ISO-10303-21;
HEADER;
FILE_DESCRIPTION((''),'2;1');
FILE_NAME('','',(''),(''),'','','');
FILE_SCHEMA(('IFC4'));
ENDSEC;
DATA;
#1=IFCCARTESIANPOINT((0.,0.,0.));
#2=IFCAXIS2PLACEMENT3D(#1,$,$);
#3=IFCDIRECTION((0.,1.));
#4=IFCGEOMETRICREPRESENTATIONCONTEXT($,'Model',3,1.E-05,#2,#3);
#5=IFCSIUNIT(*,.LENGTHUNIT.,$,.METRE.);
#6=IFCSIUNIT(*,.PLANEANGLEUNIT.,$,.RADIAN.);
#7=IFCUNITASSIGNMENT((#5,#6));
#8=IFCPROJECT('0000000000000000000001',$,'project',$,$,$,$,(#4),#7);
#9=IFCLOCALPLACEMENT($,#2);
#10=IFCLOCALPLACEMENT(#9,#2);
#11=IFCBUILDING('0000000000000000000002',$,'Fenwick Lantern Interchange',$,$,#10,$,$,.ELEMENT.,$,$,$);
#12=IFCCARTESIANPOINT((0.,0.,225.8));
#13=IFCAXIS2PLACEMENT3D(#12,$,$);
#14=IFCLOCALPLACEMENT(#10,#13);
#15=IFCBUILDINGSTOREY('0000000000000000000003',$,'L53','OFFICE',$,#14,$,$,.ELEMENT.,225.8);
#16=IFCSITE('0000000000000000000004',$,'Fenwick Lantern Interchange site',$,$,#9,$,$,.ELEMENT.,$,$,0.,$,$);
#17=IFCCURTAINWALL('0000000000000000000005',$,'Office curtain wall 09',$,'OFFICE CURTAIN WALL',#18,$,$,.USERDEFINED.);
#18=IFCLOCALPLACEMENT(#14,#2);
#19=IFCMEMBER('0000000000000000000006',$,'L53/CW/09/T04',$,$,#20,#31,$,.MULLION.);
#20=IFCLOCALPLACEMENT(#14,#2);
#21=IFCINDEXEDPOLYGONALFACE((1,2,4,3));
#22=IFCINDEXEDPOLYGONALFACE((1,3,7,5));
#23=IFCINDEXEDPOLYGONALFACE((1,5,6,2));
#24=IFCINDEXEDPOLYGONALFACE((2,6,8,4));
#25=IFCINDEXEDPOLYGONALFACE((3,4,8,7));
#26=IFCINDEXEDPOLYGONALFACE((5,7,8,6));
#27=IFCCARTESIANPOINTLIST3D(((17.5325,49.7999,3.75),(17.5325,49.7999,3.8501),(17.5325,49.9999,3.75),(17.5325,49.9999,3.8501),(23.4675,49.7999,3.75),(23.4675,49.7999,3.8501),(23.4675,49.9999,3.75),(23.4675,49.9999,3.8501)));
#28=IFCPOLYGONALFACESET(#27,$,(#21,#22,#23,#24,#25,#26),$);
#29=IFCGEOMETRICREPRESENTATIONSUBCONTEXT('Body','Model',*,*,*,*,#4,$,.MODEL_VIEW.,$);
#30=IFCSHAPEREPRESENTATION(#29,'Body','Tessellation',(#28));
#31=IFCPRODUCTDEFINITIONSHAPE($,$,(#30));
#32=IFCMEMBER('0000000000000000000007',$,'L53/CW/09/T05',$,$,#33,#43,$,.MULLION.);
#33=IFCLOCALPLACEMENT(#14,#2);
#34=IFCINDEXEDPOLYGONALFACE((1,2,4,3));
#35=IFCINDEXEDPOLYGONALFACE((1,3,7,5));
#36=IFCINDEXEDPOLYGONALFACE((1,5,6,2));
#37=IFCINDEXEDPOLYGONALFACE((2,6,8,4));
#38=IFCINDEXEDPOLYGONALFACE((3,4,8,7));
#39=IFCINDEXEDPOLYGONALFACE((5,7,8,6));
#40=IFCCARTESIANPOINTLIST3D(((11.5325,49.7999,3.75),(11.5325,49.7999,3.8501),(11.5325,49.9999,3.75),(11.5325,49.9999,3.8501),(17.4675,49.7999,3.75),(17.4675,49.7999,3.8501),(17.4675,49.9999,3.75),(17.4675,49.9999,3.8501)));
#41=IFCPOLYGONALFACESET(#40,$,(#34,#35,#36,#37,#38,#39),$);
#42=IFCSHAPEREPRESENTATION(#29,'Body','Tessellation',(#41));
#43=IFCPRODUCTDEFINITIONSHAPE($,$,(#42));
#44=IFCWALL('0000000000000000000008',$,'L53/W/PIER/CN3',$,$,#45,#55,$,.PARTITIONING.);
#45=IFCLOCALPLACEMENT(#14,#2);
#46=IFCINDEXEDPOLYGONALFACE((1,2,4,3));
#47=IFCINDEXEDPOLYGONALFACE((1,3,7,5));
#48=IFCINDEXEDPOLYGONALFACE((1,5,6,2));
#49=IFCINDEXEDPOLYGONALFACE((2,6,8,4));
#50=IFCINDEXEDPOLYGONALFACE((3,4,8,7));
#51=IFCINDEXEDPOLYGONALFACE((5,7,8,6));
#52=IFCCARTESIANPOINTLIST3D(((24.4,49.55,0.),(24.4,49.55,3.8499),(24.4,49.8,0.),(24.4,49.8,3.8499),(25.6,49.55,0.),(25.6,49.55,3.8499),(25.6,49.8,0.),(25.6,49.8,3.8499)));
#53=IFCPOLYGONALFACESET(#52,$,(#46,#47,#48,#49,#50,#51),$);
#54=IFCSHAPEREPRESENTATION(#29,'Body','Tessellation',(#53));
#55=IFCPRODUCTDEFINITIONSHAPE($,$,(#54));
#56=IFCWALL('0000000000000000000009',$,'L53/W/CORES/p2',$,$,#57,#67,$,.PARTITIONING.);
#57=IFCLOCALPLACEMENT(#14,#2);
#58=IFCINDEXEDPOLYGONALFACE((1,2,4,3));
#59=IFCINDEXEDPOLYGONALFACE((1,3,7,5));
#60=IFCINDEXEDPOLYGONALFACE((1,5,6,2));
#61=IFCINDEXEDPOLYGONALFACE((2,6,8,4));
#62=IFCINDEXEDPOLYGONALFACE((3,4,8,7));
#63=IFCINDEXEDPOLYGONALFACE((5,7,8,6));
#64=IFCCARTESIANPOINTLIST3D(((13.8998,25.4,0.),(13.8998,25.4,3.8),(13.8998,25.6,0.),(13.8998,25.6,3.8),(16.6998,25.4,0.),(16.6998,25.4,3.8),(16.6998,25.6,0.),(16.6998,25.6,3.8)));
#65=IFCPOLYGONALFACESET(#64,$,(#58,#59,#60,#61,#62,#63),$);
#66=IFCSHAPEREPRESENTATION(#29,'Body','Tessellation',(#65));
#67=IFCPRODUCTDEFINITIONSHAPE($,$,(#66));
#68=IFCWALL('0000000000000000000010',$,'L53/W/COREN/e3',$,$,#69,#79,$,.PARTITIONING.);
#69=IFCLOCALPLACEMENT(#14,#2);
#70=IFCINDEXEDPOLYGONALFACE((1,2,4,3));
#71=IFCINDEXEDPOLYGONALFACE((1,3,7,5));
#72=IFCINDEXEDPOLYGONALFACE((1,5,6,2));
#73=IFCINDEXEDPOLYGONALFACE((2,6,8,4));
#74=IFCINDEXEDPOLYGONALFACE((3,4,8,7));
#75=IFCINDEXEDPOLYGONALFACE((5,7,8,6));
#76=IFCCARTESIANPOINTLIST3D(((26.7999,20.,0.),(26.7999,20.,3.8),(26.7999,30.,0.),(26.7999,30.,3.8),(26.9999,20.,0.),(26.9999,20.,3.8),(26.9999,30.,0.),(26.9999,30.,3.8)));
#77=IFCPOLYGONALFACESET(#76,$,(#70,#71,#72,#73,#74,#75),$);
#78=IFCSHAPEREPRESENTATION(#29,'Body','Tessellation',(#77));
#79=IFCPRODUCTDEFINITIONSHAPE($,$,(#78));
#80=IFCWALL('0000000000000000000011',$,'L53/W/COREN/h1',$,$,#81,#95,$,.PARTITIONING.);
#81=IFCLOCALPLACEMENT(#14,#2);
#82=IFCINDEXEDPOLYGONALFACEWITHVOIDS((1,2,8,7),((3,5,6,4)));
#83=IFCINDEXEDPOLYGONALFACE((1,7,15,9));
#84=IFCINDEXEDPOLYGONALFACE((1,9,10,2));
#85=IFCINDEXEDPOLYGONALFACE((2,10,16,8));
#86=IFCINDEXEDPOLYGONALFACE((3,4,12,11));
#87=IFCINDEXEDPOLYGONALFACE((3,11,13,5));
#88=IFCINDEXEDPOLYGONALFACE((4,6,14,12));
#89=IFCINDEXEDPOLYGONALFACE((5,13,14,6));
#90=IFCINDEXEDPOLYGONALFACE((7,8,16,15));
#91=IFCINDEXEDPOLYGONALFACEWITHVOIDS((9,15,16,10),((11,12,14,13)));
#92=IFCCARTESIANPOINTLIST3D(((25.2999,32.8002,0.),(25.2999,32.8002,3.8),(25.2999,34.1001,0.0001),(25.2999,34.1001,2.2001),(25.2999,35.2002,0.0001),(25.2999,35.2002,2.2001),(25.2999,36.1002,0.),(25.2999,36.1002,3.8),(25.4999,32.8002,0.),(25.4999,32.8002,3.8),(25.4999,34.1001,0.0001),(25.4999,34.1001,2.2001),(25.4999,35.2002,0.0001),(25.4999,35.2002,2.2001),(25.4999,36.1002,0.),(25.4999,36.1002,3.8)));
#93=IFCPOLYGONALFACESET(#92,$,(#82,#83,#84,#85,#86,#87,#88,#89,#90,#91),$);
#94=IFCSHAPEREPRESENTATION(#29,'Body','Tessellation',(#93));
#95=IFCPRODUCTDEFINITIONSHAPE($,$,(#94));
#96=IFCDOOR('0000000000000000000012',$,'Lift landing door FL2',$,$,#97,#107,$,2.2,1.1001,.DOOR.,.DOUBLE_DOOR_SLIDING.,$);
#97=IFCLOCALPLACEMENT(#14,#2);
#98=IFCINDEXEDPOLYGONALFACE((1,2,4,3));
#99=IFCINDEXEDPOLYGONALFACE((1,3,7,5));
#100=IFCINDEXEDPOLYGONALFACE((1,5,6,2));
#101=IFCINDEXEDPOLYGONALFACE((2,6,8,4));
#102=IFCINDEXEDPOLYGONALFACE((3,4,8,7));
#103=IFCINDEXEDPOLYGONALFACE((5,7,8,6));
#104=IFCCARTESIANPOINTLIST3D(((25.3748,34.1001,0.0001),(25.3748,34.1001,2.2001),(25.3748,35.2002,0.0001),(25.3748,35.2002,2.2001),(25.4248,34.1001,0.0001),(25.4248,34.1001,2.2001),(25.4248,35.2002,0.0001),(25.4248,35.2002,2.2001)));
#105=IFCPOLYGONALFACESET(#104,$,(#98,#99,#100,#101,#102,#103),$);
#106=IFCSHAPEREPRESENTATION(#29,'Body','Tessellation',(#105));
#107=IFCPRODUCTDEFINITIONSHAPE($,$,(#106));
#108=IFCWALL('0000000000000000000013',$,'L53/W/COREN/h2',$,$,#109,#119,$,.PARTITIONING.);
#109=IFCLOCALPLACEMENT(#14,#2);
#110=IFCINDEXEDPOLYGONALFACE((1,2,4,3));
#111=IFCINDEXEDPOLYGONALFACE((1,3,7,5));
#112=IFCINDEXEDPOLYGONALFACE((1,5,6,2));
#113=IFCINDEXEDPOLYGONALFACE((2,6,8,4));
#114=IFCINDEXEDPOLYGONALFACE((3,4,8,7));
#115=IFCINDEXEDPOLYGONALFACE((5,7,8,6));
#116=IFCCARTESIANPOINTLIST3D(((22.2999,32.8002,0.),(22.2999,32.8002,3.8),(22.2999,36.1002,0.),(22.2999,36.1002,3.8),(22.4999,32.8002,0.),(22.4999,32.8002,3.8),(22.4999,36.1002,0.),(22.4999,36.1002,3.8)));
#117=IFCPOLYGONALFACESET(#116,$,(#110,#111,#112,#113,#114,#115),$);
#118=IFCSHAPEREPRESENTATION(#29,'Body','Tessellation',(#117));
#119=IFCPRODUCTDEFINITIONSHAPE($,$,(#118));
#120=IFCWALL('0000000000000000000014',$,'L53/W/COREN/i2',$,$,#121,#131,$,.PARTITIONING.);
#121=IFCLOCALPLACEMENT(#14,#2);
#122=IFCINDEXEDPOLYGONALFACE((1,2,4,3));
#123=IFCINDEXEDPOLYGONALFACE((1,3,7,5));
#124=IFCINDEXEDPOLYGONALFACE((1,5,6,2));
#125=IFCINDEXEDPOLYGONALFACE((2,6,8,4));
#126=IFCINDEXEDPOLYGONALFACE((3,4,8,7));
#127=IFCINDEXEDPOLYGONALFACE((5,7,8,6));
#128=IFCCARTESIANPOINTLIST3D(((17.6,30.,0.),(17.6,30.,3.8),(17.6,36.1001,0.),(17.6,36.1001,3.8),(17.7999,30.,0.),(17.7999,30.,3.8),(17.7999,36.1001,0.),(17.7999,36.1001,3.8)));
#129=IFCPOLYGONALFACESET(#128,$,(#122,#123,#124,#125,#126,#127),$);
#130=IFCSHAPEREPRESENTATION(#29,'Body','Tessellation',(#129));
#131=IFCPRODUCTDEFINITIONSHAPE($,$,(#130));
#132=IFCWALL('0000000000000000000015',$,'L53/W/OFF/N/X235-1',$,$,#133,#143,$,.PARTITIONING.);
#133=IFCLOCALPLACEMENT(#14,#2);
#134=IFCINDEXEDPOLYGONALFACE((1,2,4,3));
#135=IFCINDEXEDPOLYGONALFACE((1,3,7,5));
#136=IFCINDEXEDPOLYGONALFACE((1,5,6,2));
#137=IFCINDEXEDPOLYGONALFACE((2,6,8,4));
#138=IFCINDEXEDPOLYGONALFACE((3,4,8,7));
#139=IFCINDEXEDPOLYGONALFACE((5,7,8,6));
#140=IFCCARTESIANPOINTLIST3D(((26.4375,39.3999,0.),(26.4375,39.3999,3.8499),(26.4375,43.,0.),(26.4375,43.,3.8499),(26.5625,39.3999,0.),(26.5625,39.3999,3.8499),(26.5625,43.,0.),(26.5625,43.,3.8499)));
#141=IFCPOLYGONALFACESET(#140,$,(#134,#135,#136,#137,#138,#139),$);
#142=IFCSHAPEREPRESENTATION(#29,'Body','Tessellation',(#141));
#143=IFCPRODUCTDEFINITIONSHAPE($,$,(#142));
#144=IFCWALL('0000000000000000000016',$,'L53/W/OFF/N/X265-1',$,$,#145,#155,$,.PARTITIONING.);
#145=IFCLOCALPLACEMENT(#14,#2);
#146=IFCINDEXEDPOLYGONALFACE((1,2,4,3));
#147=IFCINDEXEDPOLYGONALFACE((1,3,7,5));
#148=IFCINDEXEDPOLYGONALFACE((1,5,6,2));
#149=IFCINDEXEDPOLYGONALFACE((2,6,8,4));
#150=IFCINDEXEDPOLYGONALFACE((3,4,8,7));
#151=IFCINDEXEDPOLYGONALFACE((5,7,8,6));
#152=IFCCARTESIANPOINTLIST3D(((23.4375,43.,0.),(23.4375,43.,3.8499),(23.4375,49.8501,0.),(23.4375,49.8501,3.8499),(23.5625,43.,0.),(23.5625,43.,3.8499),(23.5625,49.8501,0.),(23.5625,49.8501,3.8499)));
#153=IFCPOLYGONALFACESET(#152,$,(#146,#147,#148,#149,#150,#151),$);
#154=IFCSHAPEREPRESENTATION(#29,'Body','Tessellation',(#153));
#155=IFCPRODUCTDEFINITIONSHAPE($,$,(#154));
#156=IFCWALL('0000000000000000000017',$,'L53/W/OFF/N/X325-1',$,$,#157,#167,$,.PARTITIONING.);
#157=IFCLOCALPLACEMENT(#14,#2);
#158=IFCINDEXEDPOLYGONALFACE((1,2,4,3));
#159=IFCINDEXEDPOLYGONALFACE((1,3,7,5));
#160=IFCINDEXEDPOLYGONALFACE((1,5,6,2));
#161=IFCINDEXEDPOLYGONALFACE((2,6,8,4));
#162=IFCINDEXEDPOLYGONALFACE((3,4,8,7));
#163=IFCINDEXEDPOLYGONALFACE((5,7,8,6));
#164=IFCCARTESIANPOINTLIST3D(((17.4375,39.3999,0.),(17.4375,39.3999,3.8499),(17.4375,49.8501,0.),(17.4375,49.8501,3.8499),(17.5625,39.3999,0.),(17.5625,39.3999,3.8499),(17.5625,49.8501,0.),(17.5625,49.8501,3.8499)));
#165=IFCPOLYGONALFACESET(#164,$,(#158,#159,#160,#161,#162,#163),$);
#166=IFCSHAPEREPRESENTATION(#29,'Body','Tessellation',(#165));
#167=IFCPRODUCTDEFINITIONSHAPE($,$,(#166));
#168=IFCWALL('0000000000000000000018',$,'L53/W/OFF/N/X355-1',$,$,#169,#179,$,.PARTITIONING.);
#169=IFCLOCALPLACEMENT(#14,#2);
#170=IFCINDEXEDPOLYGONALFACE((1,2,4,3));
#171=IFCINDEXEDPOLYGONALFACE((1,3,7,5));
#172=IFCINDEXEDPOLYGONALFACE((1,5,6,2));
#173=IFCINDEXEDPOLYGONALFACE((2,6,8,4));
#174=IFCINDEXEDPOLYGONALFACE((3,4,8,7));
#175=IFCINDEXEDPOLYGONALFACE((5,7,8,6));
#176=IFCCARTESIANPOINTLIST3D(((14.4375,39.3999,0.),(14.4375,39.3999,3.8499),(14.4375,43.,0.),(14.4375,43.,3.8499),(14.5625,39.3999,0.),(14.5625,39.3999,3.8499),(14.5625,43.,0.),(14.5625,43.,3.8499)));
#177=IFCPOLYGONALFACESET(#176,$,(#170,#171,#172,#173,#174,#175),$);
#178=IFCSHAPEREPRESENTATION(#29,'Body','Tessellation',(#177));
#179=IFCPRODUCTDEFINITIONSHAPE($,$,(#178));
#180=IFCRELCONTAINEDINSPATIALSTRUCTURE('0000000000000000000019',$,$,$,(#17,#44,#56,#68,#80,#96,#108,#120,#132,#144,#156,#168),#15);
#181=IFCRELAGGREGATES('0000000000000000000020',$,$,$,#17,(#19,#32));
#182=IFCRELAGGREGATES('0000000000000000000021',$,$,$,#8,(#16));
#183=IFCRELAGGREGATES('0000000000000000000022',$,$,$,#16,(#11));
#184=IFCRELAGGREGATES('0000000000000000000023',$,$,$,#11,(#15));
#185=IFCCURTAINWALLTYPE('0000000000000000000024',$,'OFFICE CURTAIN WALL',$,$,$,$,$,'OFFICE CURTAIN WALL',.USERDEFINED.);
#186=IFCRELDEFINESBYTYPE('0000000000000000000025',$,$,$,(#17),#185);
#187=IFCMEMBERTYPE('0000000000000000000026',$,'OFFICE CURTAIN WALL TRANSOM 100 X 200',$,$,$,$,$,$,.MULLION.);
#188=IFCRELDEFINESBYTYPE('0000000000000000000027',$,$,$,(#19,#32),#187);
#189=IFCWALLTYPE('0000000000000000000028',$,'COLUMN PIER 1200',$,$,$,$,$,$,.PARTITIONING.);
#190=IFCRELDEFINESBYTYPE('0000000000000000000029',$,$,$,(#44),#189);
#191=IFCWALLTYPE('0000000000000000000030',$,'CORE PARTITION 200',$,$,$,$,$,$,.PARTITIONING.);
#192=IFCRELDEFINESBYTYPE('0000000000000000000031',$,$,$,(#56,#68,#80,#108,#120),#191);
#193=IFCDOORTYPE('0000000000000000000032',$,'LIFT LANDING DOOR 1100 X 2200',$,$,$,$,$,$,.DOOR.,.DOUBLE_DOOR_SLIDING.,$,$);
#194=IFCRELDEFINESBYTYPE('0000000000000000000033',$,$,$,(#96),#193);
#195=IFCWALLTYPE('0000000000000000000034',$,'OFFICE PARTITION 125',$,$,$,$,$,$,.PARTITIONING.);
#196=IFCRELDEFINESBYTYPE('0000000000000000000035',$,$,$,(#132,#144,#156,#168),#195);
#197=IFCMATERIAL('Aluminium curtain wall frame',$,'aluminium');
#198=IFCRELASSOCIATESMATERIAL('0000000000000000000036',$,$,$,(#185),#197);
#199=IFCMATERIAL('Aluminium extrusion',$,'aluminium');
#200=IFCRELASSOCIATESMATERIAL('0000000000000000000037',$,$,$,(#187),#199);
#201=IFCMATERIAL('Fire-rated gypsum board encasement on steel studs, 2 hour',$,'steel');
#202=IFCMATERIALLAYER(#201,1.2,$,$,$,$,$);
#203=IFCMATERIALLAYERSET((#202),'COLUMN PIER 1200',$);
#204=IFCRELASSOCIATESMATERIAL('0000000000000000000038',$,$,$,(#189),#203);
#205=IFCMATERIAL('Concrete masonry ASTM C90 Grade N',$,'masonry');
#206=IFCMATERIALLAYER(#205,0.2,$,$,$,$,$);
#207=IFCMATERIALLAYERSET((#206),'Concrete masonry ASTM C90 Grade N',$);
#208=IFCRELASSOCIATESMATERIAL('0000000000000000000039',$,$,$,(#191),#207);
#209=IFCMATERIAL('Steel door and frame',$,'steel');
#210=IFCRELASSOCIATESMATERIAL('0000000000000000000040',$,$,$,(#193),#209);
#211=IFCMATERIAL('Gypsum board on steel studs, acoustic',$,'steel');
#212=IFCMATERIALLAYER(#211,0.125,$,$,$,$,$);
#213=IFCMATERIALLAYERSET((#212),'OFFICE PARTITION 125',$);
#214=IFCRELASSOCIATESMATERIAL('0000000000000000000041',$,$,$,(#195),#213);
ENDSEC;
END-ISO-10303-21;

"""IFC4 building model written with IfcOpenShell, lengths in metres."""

from ifc_helpers import new_model, si_unit, direction, frame, frame_2d, origin, origin_2d, place, context, subcontext, project, spatial, rectangle, extrude, material, layer, layer_set, material_profile, profile_set, type_object, element, fill, aggregate, save


model = new_model("IFC4")

# Units and contexts
model_context = context("Model", 3, precision=1e-05, world=origin(), true_north=direction((0.0, 1.0)))
body_context = subcontext(model_context, "Body", "Model", "MODEL_VIEW")
ifc_project = project(units=[si_unit("LENGTHUNIT", "METRE"), si_unit("PLANEANGLEUNIT", "RADIAN")], contexts=[model_context])

# Site, building, storey
site_placement = place(None, origin())
site = spatial("IfcSite", under=ifc_project, at=site_placement, Name="Fenwick Lantern Interchange site", CompositionType="ELEMENT", RefElevation=0.0)
building_placement = place(site_placement, origin())
building = spatial("IfcBuilding", under=site, at=building_placement, Name="Fenwick Lantern Interchange", CompositionType="ELEMENT")
storey_placement = place(building_placement, frame((0.0, 0.0, 225.8)))
storey = spatial("IfcBuildingStorey", under=building, at=storey_placement, Name="L53", Description="OFFICE", CompositionType="ELEMENT", Elevation=225.8)

# Curtain wall, members
ifc_material_1 = material(Name="Aluminium curtain wall frame", Category="aluminium")
curtain_wall_type = type_object("IfcCurtainWallType", Name="OFFICE CURTAIN WALL", ElementType="OFFICE CURTAIN WALL", PredefinedType="USERDEFINED", material=ifc_material_1)
curtain_wall_placement = place(storey_placement, origin())
curtain_wall = element("IfcCurtainWall", 1, at=curtain_wall_placement, inside=storey, type_object=curtain_wall_type, Name="Office curtain wall 09", ObjectType="OFFICE CURTAIN WALL", PredefinedType="USERDEFINED")
ifc_material_2 = material(Name="Aluminium extrusion", Category="aluminium")
ifc_material_profile_1 = material_profile(ifc_material_2, rectangle(XDim=0.2, YDim=0.1001, at=origin_2d()), Name="OFFICE CURTAIN WALL TRANSOM 100 X 200")
ifc_profile_set_1 = profile_set([ifc_material_profile_1], Name="Aluminium extrusion")
member_type_1 = type_object("IfcMemberType", Name="OFFICE CURTAIN WALL TRANSOM 100 X 200", PredefinedType="MULLION", material=ifc_profile_set_1)
member_1_placement = place(storey_placement, frame((23.4675, 49.8999, 3.8), z_axis=(-1.0, 0.0, 0.0), x_axis=(0.0, -1.0, 0.0)))
member_1 = element("IfcMember", 2, at=member_1_placement, type_object=member_type_1, Name="L53/CW/09/T04", PredefinedType="MULLION", context=body_context, shape_type="SweptSolid", body=[
    extrude(rectangle(XDim=0.2, YDim=0.1001, at=origin_2d()), origin(), (0.0, 0.0, 1.0), 5.9351),
])
member_2_placement = place(storey_placement, frame((17.4675, 49.8999, 3.8), z_axis=(-1.0, 0.0, 0.0), x_axis=(0.0, -1.0, 0.0)))
member_2 = element("IfcMember", 3, at=member_2_placement, type_object=member_type_1, Name="L53/CW/09/T05", PredefinedType="MULLION", context=body_context, shape_type="SweptSolid", body=[
    extrude(rectangle(XDim=0.2, YDim=0.1001, at=origin_2d()), origin(), (0.0, 0.0, 1.0), 5.9351),
])
aggregate(curtain_wall, [member_1, member_2])

# Walls
ifc_material_3 = material(Name="Fire-rated gypsum board encasement on steel studs, 2 hour", Category="steel")
ifc_layer_1 = layer(ifc_material_3, 1.2)
ifc_layer_set_1 = layer_set([ifc_layer_1], Name="COLUMN PIER 1200")
wall_type_1 = type_object("IfcWallType", Name="COLUMN PIER 1200", PredefinedType="PARTITIONING", material=ifc_layer_set_1)
wall_1_placement = place(storey_placement, frame((25.0, 49.8, 0.0), z_axis=(0.0, 0.0, 1.0), x_axis=(0.0, -1.0, 0.0)))
element("IfcWall", 4, at=wall_1_placement, inside=storey, type_object=wall_type_1, Name="L53/W/PIER/CN3", PredefinedType="PARTITIONING", context=body_context, shape_type="SweptSolid", body=[
    extrude(rectangle(XDim=0.25, YDim=1.2, at=frame_2d((0.125, 0.0))), origin(), (0.0, 0.0, 1.0), 3.8499),
])
ifc_material_4 = material(Name="Concrete masonry ASTM C90 Grade N", Category="masonry")
ifc_layer_2 = layer(ifc_material_4, 0.2)
ifc_layer_set_2 = layer_set([ifc_layer_2], Name="Concrete masonry ASTM C90 Grade N")
wall_type_2 = type_object("IfcWallType", Name="CORE PARTITION 200", PredefinedType="PARTITIONING", material=ifc_layer_set_2)
wall_2_placement = place(storey_placement, frame((13.8999, 25.5, 0.0), z_axis=(0.0, 0.0, 1.0), x_axis=(1.0, 0.0, 0.0)))
element("IfcWall", 5, at=wall_2_placement, inside=storey, type_object=wall_type_2, Name="L53/W/CORES/p2", PredefinedType="PARTITIONING", context=body_context, shape_type="SweptSolid", body=[
    extrude(rectangle(XDim=2.8, YDim=0.2, at=frame_2d((1.3999, 0.0))), origin(), (0.0, 0.0, 1.0), 3.8),
])
wall_3_placement = place(storey_placement, frame((26.8999, 30.0, 0.0), z_axis=(0.0, 0.0, 1.0), x_axis=(0.0, -1.0, 0.0)))
element("IfcWall", 6, at=wall_3_placement, inside=storey, type_object=wall_type_2, Name="L53/W/COREN/e3", PredefinedType="PARTITIONING", context=body_context, shape_type="SweptSolid", body=[
    extrude(rectangle(XDim=10.0, YDim=0.2, at=frame_2d((5.0, 0.0))), origin(), (0.0, 0.0, 1.0), 3.8),
])

# Wall, opening, door
wall_4_placement = place(storey_placement, frame((25.3999, 36.1001, 0.0), z_axis=(0.0, 0.0, 1.0), x_axis=(0.0, -1.0, 0.0)))
wall_4 = element("IfcWall", 7, at=wall_4_placement, inside=storey, type_object=wall_type_2, Name="L53/W/COREN/h1", PredefinedType="PARTITIONING", context=body_context, shape_type="SweptSolid", body=[
    extrude(rectangle(XDim=3.3, YDim=0.2, at=frame_2d((1.6499, 0.0))), origin(), (0.0, 0.0, 1.0), 3.8),
])
opening_1_placement = place(wall_4_placement, frame((0.8999, 0.0, 0.0)))
opening_1 = element("IfcOpeningElement", 8, at=opening_1_placement, cuts=wall_4, PredefinedType="OPENING", context=body_context, shape_type="SweptSolid", body=[
    extrude(rectangle(XDim=1.1001, YDim=2.2, at=frame_2d((0.55, 1.1001))), frame((0.0, 0.1099, 0.0), z_axis=(0.0, -1.0, 0.0), x_axis=(1.0, 0.0, 0.0)), (0.0, 0.0, 1.0), 0.22),
])
ifc_material_5 = material(Name="Steel door and frame", Category="steel")
door_type_1 = type_object("IfcDoorType", Name="LIFT LANDING DOOR 1100 X 2200", OperationType="DOUBLE_DOOR_SLIDING", PredefinedType="DOOR", material=ifc_material_5)
door_1_placement = place(opening_1_placement, origin())
door_1 = element("IfcDoor", 9, at=door_1_placement, inside=storey, type_object=door_type_1, Name="Lift landing door FL2", OperationType="DOUBLE_DOOR_SLIDING", OverallHeight=2.2, OverallWidth=1.1001, PredefinedType="DOOR", context=body_context, shape_type="SweptSolid", body=[
    extrude(rectangle(XDim=1.1001, YDim=2.2, at=frame_2d((0.55, 1.1001))), frame((0.0, 0.0249, 0.0), z_axis=(0.0, -1.0, 0.0), x_axis=(1.0, 0.0, 0.0)), (0.0, 0.0, 1.0), 0.05),
])
fill(opening_1, door_1)

# Walls
wall_5_placement = place(storey_placement, frame((22.3999, 36.1001, 0.0), z_axis=(0.0, 0.0, 1.0), x_axis=(0.0, -1.0, 0.0)))
element("IfcWall", 10, at=wall_5_placement, inside=storey, type_object=wall_type_2, Name="L53/W/COREN/h2", PredefinedType="PARTITIONING", context=body_context, shape_type="SweptSolid", body=[
    extrude(rectangle(XDim=3.3, YDim=0.2, at=frame_2d((1.6499, 0.0))), origin(), (0.0, 0.0, 1.0), 3.8),
])
wall_6_placement = place(storey_placement, frame((17.7, 36.1001, 0.0), z_axis=(0.0, 0.0, 1.0), x_axis=(0.0, -1.0, 0.0)))
element("IfcWall", 11, at=wall_6_placement, inside=storey, type_object=wall_type_2, Name="L53/W/COREN/i2", PredefinedType="PARTITIONING", context=body_context, shape_type="SweptSolid", body=[
    extrude(rectangle(XDim=6.1001, YDim=0.2, at=frame_2d((3.05, 0.0))), origin(), (0.0, 0.0, 1.0), 3.8),
])

# Walls
ifc_material_6 = material(Name="Gypsum board on steel studs, acoustic", Category="steel")
ifc_layer_3 = layer(ifc_material_6, 0.125)
ifc_layer_set_3 = layer_set([ifc_layer_3], Name="OFFICE PARTITION 125")
wall_type_3 = type_object("IfcWallType", Name="OFFICE PARTITION 125", PredefinedType="PARTITIONING", material=ifc_layer_set_3)
wall_7_placement = place(storey_placement, frame((26.5, 43.0, 0.0), z_axis=(0.0, 0.0, 1.0), x_axis=(0.0, -1.0, 0.0)))
element("IfcWall", 12, at=wall_7_placement, inside=storey, type_object=wall_type_3, Name="L53/W/OFF/N/X235-1", PredefinedType="PARTITIONING", context=body_context, shape_type="SweptSolid", body=[
    extrude(rectangle(XDim=3.6001, YDim=0.125, at=frame_2d((1.8, 0.0))), origin(), (0.0, 0.0, 1.0), 3.8499),
])
wall_8_placement = place(storey_placement, frame((23.5, 49.8501, 0.0), z_axis=(0.0, 0.0, 1.0), x_axis=(0.0, -1.0, 0.0)))
element("IfcWall", 13, at=wall_8_placement, inside=storey, type_object=wall_type_3, Name="L53/W/OFF/N/X265-1", PredefinedType="PARTITIONING", context=body_context, shape_type="SweptSolid", body=[
    extrude(rectangle(XDim=6.8501, YDim=0.125, at=frame_2d((3.425, 0.0))), origin(), (0.0, 0.0, 1.0), 3.8499),
])
wall_9_placement = place(storey_placement, frame((17.5, 49.8501, 0.0), z_axis=(0.0, 0.0, 1.0), x_axis=(0.0, -1.0, 0.0)))
element("IfcWall", 14, at=wall_9_placement, inside=storey, type_object=wall_type_3, Name="L53/W/OFF/N/X325-1", PredefinedType="PARTITIONING", context=body_context, shape_type="SweptSolid", body=[
    extrude(rectangle(XDim=10.4502, YDim=0.125, at=frame_2d((5.2251, 0.0))), origin(), (0.0, 0.0, 1.0), 3.8499),
])
wall_10_placement = place(storey_placement, frame((14.5, 43.0, 0.0), z_axis=(0.0, 0.0, 1.0), x_axis=(0.0, -1.0, 0.0)))
element("IfcWall", 15, at=wall_10_placement, inside=storey, type_object=wall_type_3, Name="L53/W/OFF/N/X355-1", PredefinedType="PARTITIONING", context=body_context, shape_type="SweptSolid", body=[
    extrude(rectangle(XDim=3.6001, YDim=0.125, at=frame_2d((1.8, 0.0))), origin(), (0.0, 0.0, 1.0), 3.8499),
])

save(model, "model.ifc")
